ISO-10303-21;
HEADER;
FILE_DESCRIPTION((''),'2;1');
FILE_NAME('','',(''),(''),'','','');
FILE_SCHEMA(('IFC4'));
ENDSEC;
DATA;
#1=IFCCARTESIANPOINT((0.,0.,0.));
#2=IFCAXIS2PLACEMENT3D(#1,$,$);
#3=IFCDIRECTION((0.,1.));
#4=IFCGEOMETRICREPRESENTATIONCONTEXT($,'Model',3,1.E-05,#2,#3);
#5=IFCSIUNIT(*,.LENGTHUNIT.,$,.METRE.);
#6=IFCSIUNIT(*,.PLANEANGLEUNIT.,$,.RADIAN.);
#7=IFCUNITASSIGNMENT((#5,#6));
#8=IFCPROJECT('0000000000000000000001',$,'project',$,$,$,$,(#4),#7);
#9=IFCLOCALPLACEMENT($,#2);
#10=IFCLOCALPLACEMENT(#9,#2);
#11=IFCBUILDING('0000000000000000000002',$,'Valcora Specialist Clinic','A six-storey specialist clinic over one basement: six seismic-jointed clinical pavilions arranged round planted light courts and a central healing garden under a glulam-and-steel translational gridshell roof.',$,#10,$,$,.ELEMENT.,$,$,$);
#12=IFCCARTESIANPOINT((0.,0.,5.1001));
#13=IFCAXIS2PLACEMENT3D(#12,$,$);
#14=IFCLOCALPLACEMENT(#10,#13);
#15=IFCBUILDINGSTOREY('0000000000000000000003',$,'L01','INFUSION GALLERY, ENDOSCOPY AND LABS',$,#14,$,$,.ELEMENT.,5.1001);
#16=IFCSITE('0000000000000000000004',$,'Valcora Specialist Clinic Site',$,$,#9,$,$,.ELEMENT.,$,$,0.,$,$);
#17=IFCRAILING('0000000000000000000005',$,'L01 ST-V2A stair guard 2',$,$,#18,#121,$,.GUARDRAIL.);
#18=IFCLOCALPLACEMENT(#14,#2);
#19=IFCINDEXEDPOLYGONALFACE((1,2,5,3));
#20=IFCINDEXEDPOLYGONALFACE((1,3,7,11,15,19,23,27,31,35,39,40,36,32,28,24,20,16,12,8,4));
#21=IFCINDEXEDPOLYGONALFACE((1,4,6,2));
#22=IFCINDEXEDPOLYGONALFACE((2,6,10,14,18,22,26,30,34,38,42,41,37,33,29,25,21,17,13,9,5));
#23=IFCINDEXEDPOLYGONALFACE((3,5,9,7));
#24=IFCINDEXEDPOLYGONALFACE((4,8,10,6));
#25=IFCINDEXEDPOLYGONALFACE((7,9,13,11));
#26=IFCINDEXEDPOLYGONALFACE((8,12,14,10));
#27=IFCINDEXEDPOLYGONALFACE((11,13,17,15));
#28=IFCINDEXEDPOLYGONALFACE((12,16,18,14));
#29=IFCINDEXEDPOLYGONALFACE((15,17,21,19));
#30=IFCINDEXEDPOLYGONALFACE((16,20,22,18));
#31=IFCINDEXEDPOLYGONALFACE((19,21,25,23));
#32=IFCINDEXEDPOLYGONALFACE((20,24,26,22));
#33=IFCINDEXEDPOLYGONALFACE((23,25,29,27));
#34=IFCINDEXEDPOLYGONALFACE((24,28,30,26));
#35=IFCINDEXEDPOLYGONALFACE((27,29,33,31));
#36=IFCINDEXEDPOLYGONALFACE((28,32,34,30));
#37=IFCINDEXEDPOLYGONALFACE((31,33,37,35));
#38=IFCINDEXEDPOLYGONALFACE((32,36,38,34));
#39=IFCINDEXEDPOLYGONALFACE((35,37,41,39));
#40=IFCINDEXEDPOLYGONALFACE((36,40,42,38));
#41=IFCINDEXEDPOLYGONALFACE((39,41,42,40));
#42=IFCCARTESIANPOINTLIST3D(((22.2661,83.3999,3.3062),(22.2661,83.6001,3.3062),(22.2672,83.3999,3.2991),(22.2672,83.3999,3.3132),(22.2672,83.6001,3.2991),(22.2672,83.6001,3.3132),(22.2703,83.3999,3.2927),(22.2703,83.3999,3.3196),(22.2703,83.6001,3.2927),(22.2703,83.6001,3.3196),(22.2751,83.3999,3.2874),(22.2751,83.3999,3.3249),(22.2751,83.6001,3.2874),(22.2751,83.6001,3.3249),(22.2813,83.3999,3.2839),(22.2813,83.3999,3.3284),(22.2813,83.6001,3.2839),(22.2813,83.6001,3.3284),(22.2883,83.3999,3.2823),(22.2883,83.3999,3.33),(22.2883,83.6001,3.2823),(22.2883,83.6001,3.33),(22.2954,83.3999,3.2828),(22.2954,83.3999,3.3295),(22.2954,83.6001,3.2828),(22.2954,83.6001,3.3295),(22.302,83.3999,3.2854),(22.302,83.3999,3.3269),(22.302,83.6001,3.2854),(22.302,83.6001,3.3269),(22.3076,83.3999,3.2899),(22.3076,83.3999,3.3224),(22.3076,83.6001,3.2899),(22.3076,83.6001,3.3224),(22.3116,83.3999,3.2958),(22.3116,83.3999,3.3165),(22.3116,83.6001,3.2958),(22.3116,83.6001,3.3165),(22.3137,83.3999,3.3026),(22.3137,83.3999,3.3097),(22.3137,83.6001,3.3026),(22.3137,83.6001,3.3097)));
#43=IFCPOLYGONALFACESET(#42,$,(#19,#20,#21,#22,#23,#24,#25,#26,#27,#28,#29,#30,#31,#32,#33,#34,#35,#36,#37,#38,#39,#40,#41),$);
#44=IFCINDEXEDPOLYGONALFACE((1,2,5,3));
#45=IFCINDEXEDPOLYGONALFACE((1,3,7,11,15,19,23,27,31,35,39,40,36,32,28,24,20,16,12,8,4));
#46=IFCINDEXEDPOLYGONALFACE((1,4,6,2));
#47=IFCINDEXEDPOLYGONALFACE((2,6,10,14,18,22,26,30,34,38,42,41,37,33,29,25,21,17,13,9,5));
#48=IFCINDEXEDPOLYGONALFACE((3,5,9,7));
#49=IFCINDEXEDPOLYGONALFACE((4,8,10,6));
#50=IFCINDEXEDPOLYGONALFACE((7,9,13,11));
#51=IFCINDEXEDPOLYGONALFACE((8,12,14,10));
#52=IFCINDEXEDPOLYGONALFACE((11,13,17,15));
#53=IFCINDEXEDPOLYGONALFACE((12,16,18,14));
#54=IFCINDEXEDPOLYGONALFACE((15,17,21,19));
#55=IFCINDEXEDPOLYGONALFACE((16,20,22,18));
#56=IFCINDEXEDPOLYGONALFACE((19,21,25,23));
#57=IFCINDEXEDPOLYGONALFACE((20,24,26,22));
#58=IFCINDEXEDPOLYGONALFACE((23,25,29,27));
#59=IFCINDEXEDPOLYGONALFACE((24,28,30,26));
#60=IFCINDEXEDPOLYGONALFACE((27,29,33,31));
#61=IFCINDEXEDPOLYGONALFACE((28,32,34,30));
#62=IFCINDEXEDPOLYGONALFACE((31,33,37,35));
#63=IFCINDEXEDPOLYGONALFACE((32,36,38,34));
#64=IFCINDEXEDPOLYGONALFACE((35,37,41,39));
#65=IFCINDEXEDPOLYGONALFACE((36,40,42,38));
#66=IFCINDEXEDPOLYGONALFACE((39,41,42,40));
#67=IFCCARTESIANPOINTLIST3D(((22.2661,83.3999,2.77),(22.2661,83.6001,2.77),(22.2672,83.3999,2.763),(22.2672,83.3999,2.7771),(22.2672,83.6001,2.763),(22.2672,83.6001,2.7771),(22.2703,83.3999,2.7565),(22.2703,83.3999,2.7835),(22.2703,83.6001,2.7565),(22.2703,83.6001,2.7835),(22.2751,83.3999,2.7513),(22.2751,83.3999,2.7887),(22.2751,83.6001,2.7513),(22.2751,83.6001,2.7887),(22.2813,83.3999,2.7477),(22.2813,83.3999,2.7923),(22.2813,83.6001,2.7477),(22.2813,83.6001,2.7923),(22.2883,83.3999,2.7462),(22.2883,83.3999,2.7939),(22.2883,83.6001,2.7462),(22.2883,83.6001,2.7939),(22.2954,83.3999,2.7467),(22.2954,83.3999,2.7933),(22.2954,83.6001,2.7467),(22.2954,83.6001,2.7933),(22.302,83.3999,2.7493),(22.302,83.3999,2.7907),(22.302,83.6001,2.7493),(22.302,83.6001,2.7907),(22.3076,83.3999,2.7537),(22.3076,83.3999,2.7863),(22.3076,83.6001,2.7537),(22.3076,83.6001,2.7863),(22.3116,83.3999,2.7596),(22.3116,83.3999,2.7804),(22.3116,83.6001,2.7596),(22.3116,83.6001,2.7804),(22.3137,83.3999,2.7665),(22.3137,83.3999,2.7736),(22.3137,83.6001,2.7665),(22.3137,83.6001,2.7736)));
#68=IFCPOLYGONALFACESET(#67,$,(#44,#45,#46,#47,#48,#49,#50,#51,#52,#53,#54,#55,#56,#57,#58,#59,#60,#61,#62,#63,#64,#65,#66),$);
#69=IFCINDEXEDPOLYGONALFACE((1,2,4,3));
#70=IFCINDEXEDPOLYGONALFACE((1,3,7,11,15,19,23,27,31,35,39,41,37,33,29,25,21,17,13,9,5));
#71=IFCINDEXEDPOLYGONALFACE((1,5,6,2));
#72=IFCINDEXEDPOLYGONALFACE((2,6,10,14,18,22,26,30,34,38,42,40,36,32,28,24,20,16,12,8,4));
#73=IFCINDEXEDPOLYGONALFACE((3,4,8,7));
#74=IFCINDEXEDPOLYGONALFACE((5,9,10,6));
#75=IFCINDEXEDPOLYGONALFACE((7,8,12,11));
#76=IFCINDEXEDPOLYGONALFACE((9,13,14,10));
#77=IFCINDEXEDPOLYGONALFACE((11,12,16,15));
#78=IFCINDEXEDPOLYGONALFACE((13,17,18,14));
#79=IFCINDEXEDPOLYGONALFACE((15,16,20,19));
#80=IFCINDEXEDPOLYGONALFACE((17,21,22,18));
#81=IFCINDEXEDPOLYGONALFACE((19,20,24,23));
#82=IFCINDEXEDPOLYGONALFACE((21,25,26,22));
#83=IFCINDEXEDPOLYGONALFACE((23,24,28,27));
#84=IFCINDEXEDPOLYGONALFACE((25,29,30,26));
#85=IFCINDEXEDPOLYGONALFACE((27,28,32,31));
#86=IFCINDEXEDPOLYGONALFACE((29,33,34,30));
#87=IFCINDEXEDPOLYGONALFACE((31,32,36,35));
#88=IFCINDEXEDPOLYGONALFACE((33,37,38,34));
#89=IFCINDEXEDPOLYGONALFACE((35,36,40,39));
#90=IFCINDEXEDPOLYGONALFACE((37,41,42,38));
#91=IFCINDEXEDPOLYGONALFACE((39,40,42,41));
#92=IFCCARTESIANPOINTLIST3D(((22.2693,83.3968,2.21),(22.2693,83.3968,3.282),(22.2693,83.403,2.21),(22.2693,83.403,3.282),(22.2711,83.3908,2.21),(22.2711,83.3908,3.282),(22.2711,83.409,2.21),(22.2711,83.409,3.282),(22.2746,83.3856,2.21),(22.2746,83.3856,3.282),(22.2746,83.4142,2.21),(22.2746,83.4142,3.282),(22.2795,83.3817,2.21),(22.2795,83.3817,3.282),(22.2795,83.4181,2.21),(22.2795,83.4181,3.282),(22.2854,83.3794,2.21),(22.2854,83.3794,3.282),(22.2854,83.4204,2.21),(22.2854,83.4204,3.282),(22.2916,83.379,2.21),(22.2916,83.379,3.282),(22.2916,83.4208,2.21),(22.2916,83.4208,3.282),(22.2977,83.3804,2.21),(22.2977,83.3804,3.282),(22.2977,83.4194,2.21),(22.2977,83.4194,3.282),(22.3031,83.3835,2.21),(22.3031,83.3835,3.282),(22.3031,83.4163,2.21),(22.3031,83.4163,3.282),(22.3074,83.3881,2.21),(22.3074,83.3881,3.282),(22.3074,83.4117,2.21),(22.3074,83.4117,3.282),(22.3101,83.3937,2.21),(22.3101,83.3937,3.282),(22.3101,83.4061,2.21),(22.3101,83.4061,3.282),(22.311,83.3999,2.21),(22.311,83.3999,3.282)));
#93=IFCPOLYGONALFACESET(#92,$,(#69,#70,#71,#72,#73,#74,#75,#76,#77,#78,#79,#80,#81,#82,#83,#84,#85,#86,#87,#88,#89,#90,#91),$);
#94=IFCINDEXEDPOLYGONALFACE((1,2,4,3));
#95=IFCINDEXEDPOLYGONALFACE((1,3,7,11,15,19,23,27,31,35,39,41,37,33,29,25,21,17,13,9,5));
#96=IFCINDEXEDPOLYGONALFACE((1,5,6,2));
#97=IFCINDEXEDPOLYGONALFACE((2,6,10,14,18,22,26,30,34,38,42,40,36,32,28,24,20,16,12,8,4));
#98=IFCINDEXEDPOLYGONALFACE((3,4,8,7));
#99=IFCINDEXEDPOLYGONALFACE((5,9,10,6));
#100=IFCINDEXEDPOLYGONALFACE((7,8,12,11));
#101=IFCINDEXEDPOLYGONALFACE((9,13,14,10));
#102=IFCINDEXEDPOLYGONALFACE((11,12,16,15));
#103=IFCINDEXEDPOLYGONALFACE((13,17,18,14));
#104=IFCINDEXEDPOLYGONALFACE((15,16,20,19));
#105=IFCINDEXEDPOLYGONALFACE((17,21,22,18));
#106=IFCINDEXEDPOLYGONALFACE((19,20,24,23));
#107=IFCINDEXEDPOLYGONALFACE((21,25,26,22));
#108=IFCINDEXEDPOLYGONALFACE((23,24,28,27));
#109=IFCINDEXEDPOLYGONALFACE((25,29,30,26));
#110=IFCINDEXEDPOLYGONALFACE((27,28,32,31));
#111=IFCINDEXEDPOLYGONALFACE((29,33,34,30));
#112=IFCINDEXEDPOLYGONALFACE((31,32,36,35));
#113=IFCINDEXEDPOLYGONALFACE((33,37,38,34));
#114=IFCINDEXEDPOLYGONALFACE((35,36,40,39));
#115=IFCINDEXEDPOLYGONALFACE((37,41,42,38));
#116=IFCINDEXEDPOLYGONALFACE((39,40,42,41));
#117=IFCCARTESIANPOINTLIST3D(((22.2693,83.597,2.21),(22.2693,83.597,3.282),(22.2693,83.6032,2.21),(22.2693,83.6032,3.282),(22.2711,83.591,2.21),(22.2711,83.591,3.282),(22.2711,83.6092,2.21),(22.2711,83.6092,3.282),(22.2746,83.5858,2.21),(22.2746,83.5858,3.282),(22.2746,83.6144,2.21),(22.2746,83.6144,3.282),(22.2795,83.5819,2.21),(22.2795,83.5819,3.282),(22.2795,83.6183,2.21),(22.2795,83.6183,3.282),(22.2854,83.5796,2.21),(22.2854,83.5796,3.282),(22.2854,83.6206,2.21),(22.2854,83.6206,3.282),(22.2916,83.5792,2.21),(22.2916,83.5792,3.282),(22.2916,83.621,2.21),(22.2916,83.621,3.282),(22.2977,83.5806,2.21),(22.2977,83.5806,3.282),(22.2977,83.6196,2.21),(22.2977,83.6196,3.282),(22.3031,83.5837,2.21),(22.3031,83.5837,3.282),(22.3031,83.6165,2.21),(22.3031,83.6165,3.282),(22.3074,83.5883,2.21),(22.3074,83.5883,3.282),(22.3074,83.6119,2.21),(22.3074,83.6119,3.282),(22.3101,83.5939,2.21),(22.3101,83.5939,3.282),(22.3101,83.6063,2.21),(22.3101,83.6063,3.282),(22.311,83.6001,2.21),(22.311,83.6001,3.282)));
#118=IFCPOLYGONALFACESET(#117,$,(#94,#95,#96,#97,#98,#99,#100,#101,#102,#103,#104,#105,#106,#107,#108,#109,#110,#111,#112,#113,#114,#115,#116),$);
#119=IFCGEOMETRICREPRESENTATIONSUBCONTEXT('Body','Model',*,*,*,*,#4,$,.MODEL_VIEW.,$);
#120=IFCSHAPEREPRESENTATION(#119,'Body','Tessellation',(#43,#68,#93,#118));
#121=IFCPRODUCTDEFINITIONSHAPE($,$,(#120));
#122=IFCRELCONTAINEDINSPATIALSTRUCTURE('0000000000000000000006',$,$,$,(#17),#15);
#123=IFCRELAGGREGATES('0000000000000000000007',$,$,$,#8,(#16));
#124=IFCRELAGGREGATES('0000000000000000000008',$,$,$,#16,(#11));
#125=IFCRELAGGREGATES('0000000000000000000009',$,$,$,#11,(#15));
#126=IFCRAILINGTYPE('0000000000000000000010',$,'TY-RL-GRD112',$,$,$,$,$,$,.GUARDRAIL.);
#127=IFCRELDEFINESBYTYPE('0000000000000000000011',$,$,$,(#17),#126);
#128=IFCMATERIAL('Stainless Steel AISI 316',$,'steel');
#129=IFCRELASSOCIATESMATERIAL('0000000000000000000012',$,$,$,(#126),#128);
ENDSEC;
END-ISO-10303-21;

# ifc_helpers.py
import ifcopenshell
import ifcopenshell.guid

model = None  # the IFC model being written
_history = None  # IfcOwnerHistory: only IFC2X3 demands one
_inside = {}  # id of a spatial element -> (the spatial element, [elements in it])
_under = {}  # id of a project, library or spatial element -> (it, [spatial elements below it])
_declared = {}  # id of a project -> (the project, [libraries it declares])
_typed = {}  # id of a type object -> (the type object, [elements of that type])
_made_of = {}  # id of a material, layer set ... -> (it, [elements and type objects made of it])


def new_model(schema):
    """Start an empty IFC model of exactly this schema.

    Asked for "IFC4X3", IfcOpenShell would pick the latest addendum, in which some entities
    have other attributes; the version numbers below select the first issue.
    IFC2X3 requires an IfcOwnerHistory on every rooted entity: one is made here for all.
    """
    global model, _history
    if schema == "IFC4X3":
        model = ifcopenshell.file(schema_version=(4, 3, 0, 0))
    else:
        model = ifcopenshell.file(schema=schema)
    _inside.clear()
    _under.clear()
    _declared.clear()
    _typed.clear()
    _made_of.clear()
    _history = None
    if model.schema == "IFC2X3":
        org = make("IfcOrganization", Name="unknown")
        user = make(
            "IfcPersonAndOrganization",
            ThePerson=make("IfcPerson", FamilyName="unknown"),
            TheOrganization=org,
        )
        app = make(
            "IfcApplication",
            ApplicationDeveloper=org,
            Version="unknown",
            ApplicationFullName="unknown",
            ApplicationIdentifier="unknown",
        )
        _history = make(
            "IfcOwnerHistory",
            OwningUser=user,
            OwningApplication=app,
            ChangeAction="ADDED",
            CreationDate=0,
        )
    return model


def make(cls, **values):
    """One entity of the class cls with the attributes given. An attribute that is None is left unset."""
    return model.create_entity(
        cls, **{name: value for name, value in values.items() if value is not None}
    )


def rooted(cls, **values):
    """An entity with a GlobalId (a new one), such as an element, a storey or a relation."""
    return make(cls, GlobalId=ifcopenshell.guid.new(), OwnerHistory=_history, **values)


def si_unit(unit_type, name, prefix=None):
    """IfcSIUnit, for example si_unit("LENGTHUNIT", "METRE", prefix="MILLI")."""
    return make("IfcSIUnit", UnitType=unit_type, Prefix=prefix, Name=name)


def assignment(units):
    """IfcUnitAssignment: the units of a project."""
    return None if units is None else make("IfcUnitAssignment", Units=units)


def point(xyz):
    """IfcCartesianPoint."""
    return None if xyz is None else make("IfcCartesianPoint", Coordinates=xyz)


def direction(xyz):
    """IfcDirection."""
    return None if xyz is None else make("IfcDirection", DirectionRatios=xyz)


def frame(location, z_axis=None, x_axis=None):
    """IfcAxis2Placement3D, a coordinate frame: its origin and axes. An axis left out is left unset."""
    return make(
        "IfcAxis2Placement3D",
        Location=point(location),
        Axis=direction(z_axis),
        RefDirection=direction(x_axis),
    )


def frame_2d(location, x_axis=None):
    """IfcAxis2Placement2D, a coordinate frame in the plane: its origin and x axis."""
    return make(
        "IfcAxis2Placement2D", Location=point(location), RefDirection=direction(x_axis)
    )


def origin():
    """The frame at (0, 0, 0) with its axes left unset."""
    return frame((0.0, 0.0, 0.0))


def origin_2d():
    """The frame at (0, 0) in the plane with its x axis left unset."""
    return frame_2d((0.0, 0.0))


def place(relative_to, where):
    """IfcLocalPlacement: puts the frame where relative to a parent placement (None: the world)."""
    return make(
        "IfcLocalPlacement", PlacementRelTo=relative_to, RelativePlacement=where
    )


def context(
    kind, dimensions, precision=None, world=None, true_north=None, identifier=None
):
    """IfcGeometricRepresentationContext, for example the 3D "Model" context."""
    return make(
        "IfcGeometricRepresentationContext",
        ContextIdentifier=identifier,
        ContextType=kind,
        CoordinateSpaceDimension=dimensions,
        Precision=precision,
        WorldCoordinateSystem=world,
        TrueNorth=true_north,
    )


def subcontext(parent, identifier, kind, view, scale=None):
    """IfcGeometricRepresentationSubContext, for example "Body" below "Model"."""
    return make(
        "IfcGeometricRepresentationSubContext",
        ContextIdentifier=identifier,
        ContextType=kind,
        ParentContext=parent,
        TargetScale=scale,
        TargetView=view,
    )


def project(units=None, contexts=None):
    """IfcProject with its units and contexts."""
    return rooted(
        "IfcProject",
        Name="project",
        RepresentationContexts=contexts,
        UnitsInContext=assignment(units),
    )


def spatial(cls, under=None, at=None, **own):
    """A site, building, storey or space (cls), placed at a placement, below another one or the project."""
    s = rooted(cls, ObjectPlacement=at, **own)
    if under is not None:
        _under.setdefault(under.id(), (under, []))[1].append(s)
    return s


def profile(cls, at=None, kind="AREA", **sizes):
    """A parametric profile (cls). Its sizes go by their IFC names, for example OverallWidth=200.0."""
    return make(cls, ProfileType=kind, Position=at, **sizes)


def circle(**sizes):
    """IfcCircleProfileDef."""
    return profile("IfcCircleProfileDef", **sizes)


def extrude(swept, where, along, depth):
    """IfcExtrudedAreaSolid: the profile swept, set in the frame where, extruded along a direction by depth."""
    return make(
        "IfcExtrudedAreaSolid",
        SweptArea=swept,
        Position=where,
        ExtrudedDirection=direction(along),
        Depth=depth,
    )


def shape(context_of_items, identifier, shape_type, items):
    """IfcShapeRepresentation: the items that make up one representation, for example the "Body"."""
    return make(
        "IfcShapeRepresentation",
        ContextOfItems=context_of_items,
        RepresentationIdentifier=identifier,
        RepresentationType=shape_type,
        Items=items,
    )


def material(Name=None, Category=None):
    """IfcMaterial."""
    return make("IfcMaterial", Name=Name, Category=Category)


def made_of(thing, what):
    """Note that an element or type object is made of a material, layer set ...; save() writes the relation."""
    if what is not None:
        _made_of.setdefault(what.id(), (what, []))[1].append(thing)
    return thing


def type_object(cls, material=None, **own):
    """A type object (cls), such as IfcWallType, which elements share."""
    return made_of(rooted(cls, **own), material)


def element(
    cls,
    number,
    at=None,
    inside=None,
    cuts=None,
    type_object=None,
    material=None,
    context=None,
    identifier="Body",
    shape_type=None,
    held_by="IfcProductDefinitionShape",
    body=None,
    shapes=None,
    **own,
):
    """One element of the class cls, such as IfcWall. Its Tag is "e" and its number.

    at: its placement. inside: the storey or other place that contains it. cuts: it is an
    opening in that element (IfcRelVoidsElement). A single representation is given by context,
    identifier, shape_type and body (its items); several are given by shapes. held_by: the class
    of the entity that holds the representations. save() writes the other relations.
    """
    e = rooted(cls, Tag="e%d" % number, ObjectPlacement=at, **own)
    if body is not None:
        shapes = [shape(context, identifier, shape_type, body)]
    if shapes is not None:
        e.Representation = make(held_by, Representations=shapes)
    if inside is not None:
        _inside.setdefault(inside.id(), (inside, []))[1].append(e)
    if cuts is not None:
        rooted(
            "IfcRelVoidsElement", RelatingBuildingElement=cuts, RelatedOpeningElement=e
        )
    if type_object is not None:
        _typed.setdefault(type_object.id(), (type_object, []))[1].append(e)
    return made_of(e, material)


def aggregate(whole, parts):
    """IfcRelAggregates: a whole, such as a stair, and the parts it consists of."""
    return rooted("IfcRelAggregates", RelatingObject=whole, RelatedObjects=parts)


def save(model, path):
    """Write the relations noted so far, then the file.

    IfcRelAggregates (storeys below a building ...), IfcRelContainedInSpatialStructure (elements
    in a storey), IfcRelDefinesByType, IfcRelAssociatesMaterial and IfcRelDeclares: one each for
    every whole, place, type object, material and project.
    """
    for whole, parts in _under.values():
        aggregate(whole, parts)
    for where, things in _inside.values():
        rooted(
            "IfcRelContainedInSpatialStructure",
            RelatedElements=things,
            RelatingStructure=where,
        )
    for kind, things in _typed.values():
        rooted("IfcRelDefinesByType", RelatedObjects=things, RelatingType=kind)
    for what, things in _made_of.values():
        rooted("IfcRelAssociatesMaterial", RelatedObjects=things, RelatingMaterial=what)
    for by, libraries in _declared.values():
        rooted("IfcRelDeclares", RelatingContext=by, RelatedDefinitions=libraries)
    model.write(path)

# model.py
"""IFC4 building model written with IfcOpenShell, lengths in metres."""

from ifc_helpers import new_model, si_unit, direction, frame, origin, origin_2d, place, context, subcontext, project, spatial, circle, extrude, material, type_object, element, save


model = new_model("IFC4")

# Units and contexts
model_context = context("Model", 3, precision=1e-05, world=origin(), true_north=direction((0.0, 1.0)))
body_context = subcontext(model_context, "Body", "Model", "MODEL_VIEW")
ifc_project = project(units=[si_unit("LENGTHUNIT", "METRE"), si_unit("PLANEANGLEUNIT", "RADIAN")], contexts=[model_context])

# Site, building, storey
site_placement = place(None, origin())
site = spatial("IfcSite", under=ifc_project, at=site_placement, Name="Valcora Specialist Clinic Site", CompositionType="ELEMENT", RefElevation=0.0)
building_placement = place(site_placement, origin())
building = spatial("IfcBuilding", under=site, at=building_placement, Name="Valcora Specialist Clinic", Description="A six-storey specialist clinic over one basement: six seismic-jointed clinical pavilions arranged round planted light courts and a central healing garden under a glulam-and-steel translational gridshell roof.", CompositionType="ELEMENT")
storey_placement = place(building_placement, frame((0.0, 0.0, 5.1001)))
storey = spatial("IfcBuildingStorey", under=building, at=storey_placement, Name="L01", Description="INFUSION GALLERY, ENDOSCOPY AND LABS", CompositionType="ELEMENT", Elevation=5.1001)

# Railing
ifc_material_1 = material(Name="Stainless Steel AISI 316", Category="steel")
railing_type_1 = type_object("IfcRailingType", Name="TY-RL-GRD112", PredefinedType="GUARDRAIL", material=ifc_material_1)
railing_1_placement = place(storey_placement, frame((22.29, 83.3999, 2.21)))
element("IfcRailing", 1, at=railing_1_placement, inside=storey, type_object=railing_type_1, Name="L01 ST-V2A stair guard 2", PredefinedType="GUARDRAIL", context=body_context, shape_type="SweptSolid", body=[
    extrude(circle(Radius=0.0239, at=origin_2d()), frame((0.0, 0.0, 1.0962), z_axis=(0.0, 1.0, 0.0), x_axis=(-1.0, 0.0, 0.0)), (0.0, 0.0, 1.0), 0.2002),
    extrude(circle(Radius=0.0239, at=origin_2d()), frame((0.0, 0.0, 0.5601), z_axis=(0.0, 1.0, 0.0), x_axis=(-1.0, 0.0, 0.0)), (0.0, 0.0, 1.0), 0.2002),
    extrude(circle(Radius=0.021, at=origin_2d()), origin(), (0.0, 0.0, 1.0), 1.072),
    extrude(circle(Radius=0.021, at=origin_2d()), frame((0.0, 0.2002, 0.0)), (0.0, 0.0, 1.0), 1.072),
])

save(model, "model.ifc")
